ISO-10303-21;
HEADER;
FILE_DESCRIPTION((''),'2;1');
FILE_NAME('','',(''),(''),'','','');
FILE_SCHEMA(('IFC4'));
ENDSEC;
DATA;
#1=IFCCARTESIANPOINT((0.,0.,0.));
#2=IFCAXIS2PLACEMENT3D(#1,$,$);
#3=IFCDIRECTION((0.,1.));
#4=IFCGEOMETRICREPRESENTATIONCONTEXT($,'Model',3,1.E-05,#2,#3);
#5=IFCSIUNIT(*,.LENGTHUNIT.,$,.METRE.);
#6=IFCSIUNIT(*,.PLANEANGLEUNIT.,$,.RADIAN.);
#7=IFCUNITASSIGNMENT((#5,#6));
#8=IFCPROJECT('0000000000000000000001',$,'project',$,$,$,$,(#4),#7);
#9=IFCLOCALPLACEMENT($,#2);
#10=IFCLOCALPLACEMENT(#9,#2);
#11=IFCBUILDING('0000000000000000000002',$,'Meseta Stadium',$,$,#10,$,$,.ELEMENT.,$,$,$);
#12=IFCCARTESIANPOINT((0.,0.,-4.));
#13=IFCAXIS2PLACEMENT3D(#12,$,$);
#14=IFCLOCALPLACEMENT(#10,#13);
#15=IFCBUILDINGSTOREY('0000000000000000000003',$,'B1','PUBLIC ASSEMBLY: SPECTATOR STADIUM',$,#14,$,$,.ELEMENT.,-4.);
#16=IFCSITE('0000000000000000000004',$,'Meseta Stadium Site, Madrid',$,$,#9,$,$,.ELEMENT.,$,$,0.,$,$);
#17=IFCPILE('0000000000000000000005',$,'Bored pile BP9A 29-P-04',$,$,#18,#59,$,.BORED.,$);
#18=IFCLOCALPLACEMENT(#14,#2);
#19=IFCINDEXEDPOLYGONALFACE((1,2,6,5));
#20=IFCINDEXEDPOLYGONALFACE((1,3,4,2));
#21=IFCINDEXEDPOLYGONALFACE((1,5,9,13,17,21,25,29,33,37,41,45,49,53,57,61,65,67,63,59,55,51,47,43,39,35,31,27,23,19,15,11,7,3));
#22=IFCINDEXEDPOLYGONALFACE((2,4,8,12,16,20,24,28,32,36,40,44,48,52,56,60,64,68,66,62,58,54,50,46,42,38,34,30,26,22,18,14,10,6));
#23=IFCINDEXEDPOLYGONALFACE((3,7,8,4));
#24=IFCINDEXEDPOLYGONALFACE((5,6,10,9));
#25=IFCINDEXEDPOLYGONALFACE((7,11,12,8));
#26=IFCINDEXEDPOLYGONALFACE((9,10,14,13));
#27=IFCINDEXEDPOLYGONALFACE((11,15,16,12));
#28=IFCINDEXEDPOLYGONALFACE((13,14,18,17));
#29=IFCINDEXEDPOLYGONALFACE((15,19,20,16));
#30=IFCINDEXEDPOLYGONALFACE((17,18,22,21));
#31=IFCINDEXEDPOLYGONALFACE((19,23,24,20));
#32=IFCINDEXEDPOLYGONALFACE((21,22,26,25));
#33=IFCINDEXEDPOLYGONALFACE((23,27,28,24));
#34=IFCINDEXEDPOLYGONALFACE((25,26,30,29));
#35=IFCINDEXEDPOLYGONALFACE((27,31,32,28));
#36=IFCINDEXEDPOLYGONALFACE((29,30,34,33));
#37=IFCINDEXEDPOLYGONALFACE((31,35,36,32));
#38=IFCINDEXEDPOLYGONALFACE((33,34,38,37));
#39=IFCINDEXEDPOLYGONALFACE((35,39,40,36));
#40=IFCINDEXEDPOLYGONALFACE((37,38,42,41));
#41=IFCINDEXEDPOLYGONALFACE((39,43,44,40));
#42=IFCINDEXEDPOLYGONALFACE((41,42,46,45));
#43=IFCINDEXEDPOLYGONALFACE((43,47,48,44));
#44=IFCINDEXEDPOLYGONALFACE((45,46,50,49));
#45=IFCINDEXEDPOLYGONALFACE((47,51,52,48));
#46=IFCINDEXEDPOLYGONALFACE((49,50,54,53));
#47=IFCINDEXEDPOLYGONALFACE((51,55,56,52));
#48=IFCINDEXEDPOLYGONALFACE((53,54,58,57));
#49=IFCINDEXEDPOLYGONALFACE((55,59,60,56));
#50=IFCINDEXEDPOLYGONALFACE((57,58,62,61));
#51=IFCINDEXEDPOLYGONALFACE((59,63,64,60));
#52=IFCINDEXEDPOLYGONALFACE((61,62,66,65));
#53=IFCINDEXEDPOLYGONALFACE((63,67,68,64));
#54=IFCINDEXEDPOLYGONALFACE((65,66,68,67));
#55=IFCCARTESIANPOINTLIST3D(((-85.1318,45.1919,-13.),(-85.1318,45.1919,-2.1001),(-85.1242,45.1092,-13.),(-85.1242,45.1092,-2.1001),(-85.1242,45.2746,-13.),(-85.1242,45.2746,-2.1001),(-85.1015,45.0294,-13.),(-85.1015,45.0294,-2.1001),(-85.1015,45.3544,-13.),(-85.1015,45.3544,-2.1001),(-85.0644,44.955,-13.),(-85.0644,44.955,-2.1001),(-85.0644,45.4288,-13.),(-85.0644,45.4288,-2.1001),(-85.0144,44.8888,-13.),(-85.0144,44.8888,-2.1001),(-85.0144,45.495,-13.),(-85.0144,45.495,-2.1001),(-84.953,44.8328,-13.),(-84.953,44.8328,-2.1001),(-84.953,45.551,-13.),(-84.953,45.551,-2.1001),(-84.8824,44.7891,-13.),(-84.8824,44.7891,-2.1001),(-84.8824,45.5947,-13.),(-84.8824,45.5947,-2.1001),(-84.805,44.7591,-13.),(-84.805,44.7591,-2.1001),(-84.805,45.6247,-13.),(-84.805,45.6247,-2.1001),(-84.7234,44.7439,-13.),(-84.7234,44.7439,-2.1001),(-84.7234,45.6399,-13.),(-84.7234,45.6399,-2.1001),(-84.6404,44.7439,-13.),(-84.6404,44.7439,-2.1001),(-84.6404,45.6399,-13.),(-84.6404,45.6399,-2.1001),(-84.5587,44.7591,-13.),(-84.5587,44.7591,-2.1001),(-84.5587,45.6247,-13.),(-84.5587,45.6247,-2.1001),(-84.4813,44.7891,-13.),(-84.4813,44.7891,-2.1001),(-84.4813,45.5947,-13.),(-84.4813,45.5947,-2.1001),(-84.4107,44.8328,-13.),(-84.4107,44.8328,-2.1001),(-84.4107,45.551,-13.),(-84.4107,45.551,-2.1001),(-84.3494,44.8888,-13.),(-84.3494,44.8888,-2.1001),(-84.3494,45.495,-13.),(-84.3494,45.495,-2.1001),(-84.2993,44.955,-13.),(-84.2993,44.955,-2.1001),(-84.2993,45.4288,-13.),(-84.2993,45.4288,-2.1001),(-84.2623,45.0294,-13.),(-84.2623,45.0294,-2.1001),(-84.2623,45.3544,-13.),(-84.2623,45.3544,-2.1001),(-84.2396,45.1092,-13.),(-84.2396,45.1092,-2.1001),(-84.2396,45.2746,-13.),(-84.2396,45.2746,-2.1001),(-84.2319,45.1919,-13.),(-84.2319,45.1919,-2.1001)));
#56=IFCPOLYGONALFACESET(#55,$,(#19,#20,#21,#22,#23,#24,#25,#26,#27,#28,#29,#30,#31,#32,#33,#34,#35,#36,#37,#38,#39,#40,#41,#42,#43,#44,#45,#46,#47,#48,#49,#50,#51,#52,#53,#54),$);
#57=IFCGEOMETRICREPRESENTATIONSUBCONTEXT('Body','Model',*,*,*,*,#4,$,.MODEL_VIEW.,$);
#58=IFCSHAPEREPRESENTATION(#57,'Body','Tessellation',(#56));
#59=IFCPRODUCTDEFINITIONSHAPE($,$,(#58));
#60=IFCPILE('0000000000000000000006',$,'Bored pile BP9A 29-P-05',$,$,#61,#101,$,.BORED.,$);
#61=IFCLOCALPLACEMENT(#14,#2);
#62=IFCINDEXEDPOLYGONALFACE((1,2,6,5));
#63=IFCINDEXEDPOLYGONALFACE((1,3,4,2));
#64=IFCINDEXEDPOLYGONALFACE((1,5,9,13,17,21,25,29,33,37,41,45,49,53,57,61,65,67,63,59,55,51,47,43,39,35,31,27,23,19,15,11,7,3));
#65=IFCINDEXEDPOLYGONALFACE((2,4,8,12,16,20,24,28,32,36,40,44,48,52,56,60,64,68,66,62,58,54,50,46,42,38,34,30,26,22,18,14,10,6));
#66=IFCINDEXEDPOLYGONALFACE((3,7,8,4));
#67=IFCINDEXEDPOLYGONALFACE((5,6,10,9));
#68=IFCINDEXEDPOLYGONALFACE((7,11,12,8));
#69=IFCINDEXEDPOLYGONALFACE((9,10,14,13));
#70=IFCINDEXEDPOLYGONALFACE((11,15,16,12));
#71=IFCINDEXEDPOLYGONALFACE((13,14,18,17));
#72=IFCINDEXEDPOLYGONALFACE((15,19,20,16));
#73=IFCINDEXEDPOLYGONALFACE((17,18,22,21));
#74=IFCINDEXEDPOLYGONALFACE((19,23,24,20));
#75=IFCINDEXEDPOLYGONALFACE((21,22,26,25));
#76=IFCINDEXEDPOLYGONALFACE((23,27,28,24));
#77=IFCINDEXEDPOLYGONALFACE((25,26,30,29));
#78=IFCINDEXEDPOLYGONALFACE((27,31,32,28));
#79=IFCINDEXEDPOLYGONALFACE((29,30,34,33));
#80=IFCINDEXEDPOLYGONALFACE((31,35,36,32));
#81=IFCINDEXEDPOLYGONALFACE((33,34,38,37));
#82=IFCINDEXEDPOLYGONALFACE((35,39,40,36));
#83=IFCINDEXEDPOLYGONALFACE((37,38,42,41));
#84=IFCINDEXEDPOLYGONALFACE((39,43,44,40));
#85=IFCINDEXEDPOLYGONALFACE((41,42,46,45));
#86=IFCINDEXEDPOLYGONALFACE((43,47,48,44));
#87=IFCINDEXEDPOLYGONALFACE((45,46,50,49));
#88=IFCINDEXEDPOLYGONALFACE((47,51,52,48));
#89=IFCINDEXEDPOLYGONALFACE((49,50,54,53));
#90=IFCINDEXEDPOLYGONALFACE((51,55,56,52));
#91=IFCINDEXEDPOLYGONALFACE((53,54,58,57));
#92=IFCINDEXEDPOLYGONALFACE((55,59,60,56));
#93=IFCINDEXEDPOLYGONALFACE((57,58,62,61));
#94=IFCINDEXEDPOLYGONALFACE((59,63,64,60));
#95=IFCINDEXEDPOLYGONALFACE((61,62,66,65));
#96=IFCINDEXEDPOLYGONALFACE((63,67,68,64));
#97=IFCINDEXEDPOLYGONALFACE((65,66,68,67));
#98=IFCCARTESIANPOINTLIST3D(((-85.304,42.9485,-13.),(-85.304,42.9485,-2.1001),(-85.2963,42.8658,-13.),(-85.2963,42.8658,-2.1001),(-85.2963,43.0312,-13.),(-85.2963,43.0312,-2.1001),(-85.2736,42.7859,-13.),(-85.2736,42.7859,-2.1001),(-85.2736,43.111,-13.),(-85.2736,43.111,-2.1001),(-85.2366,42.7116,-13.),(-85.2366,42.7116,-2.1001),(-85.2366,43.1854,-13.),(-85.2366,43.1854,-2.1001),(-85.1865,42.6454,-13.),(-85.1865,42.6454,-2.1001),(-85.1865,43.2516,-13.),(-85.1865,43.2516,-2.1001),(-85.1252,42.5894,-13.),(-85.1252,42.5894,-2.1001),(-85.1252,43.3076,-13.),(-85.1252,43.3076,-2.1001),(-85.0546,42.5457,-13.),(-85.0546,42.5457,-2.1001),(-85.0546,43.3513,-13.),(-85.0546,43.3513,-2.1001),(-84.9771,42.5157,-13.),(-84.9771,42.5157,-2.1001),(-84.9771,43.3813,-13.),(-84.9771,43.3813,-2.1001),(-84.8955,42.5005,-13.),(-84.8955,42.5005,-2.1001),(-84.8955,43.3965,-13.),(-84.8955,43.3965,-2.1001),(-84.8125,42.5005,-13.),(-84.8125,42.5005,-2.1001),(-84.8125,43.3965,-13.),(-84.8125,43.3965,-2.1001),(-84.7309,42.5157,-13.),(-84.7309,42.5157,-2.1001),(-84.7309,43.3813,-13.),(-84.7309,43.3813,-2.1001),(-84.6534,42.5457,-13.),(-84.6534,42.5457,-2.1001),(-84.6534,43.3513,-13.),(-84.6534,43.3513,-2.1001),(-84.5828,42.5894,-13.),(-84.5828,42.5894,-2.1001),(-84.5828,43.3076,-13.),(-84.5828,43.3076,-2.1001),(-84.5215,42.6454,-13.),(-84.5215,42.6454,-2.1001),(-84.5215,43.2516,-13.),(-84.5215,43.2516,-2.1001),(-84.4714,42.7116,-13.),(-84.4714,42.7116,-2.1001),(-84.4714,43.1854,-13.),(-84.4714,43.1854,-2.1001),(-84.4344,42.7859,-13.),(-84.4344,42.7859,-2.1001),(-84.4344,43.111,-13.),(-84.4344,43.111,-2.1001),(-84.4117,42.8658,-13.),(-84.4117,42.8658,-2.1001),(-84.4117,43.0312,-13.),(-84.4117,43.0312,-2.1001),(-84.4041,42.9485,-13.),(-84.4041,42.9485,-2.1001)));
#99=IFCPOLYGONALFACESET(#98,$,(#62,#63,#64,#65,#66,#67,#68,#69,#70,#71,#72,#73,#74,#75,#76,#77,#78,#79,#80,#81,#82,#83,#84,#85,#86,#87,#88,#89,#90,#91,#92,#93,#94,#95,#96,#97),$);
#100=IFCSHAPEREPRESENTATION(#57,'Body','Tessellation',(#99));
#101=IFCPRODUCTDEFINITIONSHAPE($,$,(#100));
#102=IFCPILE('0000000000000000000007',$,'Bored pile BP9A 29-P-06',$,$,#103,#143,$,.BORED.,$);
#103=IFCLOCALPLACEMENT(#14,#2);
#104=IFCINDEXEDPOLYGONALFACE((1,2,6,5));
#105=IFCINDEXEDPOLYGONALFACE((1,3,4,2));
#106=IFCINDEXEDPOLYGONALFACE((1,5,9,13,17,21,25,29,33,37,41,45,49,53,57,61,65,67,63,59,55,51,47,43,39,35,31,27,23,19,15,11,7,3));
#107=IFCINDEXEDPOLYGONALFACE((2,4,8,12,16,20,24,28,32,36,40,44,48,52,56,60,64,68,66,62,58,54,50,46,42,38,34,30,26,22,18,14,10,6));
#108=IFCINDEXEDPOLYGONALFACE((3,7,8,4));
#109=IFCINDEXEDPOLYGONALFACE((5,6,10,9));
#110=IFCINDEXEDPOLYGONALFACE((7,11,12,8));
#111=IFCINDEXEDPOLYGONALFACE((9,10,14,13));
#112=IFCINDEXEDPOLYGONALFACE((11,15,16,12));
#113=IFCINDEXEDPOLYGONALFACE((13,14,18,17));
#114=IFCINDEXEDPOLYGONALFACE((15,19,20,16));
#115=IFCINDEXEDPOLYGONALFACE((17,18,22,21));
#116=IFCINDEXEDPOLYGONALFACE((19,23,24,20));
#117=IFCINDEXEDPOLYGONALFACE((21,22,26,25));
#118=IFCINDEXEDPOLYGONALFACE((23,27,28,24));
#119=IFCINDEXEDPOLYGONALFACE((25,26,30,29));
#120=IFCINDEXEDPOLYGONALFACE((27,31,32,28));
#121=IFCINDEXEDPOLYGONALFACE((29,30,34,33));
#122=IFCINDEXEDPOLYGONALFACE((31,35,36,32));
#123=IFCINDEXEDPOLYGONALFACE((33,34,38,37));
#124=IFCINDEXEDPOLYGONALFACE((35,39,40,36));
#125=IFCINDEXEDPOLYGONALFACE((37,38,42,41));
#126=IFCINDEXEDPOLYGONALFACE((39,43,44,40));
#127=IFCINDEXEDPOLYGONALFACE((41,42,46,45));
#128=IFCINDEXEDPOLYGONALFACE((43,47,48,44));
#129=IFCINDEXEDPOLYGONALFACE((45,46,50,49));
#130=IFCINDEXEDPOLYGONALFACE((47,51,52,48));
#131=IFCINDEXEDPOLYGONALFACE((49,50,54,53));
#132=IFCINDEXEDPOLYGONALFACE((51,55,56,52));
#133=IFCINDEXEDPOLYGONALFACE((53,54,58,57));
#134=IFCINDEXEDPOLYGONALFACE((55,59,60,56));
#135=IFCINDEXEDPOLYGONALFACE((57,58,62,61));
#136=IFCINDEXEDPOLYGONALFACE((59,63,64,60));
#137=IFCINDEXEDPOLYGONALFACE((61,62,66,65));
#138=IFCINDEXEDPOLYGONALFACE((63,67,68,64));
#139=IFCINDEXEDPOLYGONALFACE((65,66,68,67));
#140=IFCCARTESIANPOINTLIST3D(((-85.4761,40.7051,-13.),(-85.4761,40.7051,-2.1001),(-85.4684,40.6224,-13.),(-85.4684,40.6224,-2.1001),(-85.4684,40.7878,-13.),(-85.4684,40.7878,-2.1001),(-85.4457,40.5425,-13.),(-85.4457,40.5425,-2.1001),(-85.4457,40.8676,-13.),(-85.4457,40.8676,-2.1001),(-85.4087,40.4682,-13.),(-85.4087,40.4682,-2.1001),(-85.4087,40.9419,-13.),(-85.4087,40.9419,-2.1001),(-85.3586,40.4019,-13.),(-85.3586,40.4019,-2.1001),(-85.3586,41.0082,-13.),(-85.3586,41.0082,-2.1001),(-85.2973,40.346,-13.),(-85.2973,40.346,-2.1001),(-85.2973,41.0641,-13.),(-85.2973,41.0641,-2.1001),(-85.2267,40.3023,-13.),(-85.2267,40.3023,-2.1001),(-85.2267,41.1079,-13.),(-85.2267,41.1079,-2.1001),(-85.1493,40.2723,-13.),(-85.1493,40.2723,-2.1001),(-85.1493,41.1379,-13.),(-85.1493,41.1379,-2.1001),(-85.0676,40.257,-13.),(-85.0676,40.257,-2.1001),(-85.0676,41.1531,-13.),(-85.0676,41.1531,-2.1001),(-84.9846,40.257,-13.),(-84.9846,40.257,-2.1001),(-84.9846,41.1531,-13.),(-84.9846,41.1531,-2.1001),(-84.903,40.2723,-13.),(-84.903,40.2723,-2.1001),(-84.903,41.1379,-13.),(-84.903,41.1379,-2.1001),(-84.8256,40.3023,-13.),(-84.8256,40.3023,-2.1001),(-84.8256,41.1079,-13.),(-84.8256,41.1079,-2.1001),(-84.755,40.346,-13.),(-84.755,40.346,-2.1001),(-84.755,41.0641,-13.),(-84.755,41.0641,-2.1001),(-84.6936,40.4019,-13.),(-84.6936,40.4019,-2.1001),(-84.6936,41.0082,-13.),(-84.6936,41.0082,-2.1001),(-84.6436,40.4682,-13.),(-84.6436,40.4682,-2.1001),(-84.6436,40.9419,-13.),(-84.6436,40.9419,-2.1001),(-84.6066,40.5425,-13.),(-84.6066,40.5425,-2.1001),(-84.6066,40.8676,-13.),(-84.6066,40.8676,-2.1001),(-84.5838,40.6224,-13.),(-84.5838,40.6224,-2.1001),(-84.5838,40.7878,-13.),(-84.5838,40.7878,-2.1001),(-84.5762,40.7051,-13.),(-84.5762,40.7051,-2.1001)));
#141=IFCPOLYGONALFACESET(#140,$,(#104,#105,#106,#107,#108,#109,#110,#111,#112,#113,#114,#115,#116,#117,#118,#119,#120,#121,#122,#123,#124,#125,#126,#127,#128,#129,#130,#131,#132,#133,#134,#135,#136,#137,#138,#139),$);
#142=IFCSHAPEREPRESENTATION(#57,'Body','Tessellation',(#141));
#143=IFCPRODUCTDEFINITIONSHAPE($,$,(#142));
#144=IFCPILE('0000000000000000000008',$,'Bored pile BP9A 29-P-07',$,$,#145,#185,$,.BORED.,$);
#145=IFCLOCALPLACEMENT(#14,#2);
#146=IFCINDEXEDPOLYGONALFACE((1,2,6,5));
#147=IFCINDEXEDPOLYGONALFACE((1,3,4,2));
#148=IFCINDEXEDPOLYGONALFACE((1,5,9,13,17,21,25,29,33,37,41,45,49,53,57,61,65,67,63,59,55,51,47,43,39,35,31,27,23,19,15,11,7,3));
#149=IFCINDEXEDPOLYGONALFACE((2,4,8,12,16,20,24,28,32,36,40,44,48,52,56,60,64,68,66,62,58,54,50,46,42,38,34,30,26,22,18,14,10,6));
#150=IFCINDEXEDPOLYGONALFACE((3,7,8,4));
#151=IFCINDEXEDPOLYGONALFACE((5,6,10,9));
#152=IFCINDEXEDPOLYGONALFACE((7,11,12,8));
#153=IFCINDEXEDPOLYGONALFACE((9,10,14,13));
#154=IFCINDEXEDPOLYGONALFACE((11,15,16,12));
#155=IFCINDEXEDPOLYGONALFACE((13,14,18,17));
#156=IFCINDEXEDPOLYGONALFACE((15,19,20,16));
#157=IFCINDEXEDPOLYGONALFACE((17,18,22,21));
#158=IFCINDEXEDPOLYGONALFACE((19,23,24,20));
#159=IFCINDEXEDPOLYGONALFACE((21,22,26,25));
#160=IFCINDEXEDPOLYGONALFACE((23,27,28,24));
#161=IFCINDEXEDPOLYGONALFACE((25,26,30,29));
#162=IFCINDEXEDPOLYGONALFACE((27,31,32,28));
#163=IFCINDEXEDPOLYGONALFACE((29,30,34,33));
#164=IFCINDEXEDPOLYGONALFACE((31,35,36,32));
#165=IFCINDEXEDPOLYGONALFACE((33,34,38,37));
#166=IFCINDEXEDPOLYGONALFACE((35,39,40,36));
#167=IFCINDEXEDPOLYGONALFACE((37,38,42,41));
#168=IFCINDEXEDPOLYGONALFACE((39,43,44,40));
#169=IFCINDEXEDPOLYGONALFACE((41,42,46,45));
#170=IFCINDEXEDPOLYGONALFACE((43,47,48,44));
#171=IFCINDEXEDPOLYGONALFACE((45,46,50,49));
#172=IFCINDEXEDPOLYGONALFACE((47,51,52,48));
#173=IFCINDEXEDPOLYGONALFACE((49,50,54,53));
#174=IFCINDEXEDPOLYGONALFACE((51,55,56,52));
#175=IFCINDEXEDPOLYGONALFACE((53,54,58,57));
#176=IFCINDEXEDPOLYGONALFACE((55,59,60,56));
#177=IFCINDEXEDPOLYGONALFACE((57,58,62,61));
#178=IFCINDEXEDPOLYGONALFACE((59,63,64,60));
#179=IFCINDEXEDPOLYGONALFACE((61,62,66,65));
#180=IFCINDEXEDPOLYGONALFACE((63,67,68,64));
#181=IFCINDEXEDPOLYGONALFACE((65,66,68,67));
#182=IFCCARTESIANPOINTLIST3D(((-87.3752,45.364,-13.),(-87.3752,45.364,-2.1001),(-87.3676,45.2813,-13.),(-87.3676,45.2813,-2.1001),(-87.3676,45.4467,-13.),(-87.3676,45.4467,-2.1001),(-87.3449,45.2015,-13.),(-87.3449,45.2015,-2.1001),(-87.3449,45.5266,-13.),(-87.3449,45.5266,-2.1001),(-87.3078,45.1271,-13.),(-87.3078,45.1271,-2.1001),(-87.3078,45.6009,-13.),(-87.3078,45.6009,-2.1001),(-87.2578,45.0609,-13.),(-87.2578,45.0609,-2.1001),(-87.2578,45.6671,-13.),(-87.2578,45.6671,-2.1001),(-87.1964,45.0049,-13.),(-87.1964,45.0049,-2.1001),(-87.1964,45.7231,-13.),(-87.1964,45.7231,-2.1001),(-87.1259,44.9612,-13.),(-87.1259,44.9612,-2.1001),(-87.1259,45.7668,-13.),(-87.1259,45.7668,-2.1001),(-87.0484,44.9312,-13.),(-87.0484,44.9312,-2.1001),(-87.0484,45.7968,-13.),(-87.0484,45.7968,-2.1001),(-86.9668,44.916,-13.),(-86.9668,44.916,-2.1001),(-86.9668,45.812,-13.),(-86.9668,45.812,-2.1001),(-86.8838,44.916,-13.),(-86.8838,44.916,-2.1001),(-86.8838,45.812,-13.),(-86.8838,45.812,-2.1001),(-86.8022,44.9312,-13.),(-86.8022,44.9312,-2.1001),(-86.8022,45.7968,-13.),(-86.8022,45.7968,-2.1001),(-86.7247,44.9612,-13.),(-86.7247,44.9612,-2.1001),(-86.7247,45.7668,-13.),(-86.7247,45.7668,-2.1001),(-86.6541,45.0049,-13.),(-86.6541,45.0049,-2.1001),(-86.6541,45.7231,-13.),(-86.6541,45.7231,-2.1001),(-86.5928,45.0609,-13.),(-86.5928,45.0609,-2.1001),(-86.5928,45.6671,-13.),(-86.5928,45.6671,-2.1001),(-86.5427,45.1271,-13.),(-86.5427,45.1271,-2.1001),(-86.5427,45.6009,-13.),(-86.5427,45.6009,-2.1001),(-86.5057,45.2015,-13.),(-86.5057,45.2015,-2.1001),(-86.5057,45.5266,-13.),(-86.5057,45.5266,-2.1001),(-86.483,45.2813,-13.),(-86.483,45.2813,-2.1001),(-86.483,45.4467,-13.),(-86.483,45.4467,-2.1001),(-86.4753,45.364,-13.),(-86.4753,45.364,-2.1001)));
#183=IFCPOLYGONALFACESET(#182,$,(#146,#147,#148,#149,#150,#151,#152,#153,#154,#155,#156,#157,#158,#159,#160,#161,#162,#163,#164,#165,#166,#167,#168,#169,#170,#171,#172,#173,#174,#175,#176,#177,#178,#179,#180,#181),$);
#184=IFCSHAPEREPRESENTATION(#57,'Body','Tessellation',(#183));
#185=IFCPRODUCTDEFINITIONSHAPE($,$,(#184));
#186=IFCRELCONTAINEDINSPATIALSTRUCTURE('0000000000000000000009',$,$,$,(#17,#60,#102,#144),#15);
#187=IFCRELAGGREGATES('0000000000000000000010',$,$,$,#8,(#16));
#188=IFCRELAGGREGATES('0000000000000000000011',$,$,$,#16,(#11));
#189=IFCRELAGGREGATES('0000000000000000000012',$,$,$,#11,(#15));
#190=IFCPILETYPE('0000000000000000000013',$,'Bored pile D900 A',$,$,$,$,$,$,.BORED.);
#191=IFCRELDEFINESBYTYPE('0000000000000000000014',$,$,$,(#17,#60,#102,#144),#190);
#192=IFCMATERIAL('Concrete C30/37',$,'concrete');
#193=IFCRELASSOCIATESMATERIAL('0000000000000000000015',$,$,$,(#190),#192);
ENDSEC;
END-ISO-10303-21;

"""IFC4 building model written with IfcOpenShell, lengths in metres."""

from ifc_helpers import new_model, si_unit, direction, frame, origin, origin_2d, place, context, subcontext, project, spatial, circle, extrude, material, material_profile, profile_set, type_object, element, save


model = new_model("IFC4")

# Units and contexts
model_context = context("Model", 3, precision=1e-05, world=origin(), true_north=direction((0.0, 1.0)))
body_context = subcontext(model_context, "Body", "Model", "MODEL_VIEW")
ifc_project = project(units=[si_unit("LENGTHUNIT", "METRE"), si_unit("PLANEANGLEUNIT", "RADIAN")], contexts=[model_context])

# Site, building, storey
site_placement = place(None, origin())
site = spatial("IfcSite", under=ifc_project, at=site_placement, Name="Meseta Stadium Site, Madrid", CompositionType="ELEMENT", RefElevation=0.0)
building_placement = place(site_placement, origin())
building = spatial("IfcBuilding", under=site, at=building_placement, Name="Meseta Stadium", CompositionType="ELEMENT")
storey_placement = place(building_placement, frame((0.0, 0.0, -4.0)))
storey = spatial("IfcBuildingStorey", under=building, at=storey_placement, Name="B1", Description="PUBLIC ASSEMBLY: SPECTATOR STADIUM", CompositionType="ELEMENT", Elevation=-4.0)

# Piles
ifc_material_1 = material(Name="Concrete C30/37", Category="concrete")
ifc_material_profile_1 = material_profile(ifc_material_1, circle(Radius=0.45, at=origin_2d()), Name="D900")
ifc_profile_set_1 = profile_set([ifc_material_profile_1], Name="Concrete C30/37")
pile_type = type_object("IfcPileType", Name="Bored pile D900 A", PredefinedType="BORED", material=ifc_profile_set_1)
for number, where, z_axis, x_axis, name in (
    (1, (-84.6819, 45.1919, -2.1001), (0.0, 0.0, -1.0), (1.0, 0.0, 0.0), "Bored pile BP9A 29-P-04"),
    (2, (-84.854, 42.9485, -2.1001), (0.0, 0.0, -1.0), (1.0, 0.0, 0.0), "Bored pile BP9A 29-P-05"),
    (3, (-85.0261, 40.7051, -2.1001), (0.0, 0.0, -1.0), (1.0, 0.0, 0.0), "Bored pile BP9A 29-P-06"),
    (4, (-86.9253, 45.364, -2.1001), (0.0, 0.0, -1.0), (1.0, 0.0, 0.0), "Bored pile BP9A 29-P-07"),
):
    element("IfcPile", number, at=place(storey_placement, frame(where, z_axis=z_axis, x_axis=x_axis)), inside=storey, type_object=pile_type, Name=name, PredefinedType="BORED", context=body_context, shape_type="SweptSolid", body=[
        extrude(circle(Radius=0.45, at=origin_2d()), origin(), (0.0, 0.0, 1.0), 10.8999),
    ])

save(model, "model.ifc")
